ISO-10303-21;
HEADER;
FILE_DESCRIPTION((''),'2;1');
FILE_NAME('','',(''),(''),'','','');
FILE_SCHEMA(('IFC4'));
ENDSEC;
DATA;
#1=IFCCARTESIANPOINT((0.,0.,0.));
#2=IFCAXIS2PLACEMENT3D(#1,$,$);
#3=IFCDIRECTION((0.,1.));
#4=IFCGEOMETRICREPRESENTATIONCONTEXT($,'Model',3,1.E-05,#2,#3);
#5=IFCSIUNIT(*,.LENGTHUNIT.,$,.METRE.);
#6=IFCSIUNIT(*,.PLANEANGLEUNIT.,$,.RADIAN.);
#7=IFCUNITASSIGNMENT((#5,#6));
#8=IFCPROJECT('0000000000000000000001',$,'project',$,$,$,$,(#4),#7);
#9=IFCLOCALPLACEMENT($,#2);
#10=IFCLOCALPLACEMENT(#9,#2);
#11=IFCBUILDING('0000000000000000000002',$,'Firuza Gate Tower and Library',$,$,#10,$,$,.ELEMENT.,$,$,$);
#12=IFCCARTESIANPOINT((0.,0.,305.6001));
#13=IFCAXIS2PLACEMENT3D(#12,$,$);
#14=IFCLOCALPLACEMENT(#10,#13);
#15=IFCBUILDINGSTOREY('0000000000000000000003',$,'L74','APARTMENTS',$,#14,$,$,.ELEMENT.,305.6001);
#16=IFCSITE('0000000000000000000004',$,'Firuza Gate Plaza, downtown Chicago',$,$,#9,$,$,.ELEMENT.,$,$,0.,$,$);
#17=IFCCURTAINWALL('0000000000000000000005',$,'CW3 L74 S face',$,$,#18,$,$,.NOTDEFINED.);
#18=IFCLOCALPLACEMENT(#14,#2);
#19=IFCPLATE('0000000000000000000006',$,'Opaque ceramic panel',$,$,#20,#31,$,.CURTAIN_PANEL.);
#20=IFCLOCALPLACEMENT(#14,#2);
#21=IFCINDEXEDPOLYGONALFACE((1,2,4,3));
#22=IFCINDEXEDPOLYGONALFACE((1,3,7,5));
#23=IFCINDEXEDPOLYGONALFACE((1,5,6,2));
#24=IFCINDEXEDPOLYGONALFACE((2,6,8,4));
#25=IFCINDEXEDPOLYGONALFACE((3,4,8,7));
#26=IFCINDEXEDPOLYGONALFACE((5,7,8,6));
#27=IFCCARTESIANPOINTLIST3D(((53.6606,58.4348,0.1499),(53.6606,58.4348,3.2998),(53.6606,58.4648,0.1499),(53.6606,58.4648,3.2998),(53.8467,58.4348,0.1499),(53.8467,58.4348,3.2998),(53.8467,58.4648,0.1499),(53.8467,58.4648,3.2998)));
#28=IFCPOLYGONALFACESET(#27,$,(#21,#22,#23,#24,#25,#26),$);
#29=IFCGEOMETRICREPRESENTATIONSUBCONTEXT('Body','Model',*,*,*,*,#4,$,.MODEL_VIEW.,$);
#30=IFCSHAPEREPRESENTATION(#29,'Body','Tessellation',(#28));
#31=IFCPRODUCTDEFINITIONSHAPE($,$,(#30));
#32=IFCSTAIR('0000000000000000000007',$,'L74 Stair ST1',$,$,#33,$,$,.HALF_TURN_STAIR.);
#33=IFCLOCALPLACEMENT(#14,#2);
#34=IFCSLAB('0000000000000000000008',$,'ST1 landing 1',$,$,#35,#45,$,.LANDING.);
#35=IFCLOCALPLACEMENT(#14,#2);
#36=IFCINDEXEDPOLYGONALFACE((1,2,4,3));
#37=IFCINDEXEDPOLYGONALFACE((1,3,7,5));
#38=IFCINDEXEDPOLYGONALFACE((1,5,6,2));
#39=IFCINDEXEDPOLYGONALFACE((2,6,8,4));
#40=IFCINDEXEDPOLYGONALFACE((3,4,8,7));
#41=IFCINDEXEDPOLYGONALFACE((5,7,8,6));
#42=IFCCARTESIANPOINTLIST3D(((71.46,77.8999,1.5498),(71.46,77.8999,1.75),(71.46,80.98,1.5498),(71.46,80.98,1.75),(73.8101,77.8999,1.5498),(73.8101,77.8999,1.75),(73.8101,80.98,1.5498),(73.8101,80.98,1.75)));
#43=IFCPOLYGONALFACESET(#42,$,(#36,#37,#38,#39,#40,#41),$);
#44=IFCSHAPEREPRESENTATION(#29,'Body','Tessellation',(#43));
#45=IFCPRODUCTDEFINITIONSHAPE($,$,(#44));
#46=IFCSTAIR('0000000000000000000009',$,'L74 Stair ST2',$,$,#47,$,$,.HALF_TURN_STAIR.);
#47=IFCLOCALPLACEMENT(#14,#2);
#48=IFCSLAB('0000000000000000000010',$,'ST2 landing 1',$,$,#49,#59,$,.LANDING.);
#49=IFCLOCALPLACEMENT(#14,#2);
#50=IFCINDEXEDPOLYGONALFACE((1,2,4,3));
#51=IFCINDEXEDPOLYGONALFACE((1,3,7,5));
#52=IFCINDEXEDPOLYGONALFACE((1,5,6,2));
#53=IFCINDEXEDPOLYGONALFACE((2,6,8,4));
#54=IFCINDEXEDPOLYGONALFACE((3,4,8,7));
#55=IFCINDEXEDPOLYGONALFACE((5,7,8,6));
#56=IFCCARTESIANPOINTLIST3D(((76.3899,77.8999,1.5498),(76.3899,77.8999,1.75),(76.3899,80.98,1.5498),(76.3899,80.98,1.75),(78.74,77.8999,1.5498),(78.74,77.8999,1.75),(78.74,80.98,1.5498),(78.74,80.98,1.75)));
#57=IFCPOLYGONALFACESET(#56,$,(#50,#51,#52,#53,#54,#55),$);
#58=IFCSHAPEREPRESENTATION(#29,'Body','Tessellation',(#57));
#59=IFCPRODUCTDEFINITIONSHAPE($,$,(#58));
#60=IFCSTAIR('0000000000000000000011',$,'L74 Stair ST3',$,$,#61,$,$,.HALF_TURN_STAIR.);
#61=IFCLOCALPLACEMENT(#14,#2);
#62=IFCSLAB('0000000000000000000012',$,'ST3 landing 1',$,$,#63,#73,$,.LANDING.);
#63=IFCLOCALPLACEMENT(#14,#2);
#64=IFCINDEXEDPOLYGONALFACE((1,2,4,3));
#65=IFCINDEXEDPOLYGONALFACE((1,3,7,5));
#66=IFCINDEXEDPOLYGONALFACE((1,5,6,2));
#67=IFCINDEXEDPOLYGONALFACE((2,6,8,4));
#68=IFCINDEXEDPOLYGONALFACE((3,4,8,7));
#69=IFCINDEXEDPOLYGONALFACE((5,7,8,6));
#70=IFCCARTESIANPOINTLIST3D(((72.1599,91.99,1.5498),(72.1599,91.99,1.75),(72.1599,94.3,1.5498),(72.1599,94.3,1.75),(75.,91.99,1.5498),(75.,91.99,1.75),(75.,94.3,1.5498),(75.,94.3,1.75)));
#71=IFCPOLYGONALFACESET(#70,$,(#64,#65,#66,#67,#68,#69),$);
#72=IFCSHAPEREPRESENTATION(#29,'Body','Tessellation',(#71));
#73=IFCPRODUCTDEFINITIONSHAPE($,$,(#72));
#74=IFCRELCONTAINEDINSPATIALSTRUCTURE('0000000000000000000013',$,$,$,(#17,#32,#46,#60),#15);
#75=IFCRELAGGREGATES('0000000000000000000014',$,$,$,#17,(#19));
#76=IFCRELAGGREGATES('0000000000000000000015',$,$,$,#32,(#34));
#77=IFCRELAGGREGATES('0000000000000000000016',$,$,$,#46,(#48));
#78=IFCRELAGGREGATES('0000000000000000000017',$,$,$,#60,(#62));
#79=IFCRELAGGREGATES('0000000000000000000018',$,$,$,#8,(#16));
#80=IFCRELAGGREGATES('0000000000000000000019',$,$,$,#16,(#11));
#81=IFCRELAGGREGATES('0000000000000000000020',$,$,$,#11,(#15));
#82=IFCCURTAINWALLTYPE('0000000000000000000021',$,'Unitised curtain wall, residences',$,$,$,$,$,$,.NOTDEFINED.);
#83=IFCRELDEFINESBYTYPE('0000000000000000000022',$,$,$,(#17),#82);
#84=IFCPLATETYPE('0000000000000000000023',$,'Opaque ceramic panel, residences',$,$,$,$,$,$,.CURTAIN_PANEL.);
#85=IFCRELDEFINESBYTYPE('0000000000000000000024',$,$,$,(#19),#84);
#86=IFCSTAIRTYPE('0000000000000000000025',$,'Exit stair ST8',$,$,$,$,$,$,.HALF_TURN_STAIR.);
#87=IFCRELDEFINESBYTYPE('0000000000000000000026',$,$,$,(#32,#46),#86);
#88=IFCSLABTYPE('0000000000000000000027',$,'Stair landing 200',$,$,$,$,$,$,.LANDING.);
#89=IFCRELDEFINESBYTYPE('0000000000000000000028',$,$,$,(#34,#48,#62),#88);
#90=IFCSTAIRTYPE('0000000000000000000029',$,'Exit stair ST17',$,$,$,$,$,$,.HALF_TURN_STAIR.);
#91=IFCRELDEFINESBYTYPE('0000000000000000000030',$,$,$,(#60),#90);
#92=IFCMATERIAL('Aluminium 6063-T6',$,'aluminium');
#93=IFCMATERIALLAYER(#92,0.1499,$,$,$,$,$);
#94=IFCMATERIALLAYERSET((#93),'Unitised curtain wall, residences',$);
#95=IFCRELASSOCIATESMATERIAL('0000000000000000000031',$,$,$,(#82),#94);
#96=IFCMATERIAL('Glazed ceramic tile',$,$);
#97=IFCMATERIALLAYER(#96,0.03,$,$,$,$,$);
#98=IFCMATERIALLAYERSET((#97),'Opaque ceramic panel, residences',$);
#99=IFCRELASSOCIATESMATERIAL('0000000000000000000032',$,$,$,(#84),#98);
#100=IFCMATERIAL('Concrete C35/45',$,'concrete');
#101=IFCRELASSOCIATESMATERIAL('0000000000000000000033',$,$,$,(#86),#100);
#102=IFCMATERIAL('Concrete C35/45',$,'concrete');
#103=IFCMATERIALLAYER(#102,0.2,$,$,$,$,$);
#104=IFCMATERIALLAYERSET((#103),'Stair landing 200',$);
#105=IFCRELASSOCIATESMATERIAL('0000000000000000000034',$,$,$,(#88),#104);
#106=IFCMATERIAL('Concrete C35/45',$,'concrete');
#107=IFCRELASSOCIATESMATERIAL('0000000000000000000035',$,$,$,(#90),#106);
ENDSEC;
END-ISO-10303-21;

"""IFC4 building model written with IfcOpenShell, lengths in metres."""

from ifc_helpers import new_model, si_unit, direction, frame, origin, place, context, subcontext, project, spatial, polyline, outline, extrude, material, layer, layer_set, type_object, element, aggregate, save


model = new_model("IFC4")

# Units and contexts
model_context = context("Model", 3, precision=1e-05, world=origin(), true_north=direction((0.0, 1.0)))
body_context = subcontext(model_context, "Body", "Model", "MODEL_VIEW")
ifc_project = project(units=[si_unit("LENGTHUNIT", "METRE"), si_unit("PLANEANGLEUNIT", "RADIAN")], contexts=[model_context])

# Site, building, storey
site_placement = place(None, origin())
site = spatial("IfcSite", under=ifc_project, at=site_placement, Name="Firuza Gate Plaza, downtown Chicago", CompositionType="ELEMENT", RefElevation=0.0)
building_placement = place(site_placement, origin())
building = spatial("IfcBuilding", under=site, at=building_placement, Name="Firuza Gate Tower and Library", CompositionType="ELEMENT")
storey_placement = place(building_placement, frame((0.0, 0.0, 305.6001)))
storey = spatial("IfcBuildingStorey", under=building, at=storey_placement, Name="L74", Description="APARTMENTS", CompositionType="ELEMENT", Elevation=305.6001)

# Curtain wall
placement_1 = place(storey_placement, origin())
ifc_material_1 = material(Name="Aluminium 6063-T6", Category="aluminium")
ifc_layer_1 = layer(ifc_material_1, 0.1499)
ifc_layer_set_1 = layer_set([ifc_layer_1], Name="Unitised curtain wall, residences")
curtain_wall_type_1 = type_object("IfcCurtainWallType", Name="Unitised curtain wall, residences", PredefinedType="NOTDEFINED", material=ifc_layer_set_1)
curtain_wall_1 = element("IfcCurtainWall", 1, at=placement_1, inside=storey, type_object=curtain_wall_type_1, Name="CW3 L74 S face", PredefinedType="NOTDEFINED")

# Plate
ifc_material_2 = material(Name="Glazed ceramic tile")
ifc_layer_2 = layer(ifc_material_2, 0.03)
ifc_layer_set_2 = layer_set([ifc_layer_2], Name="Opaque ceramic panel, residences")
plate_type_1 = type_object("IfcPlateType", Name="Opaque ceramic panel, residences", PredefinedType="CURTAIN_PANEL", material=ifc_layer_set_2)
plate_1_placement = place(storey_placement, frame((53.6606, 58.4348, 0.1499), z_axis=(0.0, -1.0, 0.0), x_axis=(1.0, 0.0, 0.0)))
plate_1 = element("IfcPlate", 2, at=plate_1_placement, type_object=plate_type_1, Name="Opaque ceramic panel", PredefinedType="CURTAIN_PANEL", context=body_context, shape_type="SweptSolid", body=[
    extrude(outline(polyline([(0.0, 0.0), (0.186, 0.0), (0.186, 3.1499), (0.0, 3.1499), (0.0, 0.0)])), origin(), (0.0, 0.0, -1.0), 0.03),
])
aggregate(curtain_wall_1, [plate_1])

# Stairs, slabs
ifc_material_3 = material(Name="Concrete C35/45", Category="concrete")
stair_type_1 = type_object("IfcStairType", Name="Exit stair ST8", PredefinedType="HALF_TURN_STAIR", material=ifc_material_3)
stair_1 = element("IfcStair", 3, at=placement_1, inside=storey, type_object=stair_type_1, Name="L74 Stair ST1", PredefinedType="HALF_TURN_STAIR")
ifc_material_4 = material(Name="Concrete C35/45", Category="concrete")
ifc_layer_3 = layer(ifc_material_4, 0.2)
ifc_layer_set_3 = layer_set([ifc_layer_3], Name="Stair landing 200")
slab_type_1 = type_object("IfcSlabType", Name="Stair landing 200", PredefinedType="LANDING", material=ifc_layer_set_3)
placement_2 = place(storey_placement, frame((0.0, 0.0, 1.5498)))
slab_1 = element("IfcSlab", 4, at=placement_2, type_object=slab_type_1, Name="ST1 landing 1", PredefinedType="LANDING", context=body_context, shape_type="SweptSolid", body=[
    extrude(outline(polyline([(71.46, 77.8999), (73.8101, 77.8999), (73.8101, 80.98), (71.46, 80.98), (71.46, 77.8999)])), origin(), (0.0, 0.0, 1.0), 0.2002),
])
aggregate(stair_1, [slab_1])
stair_2 = element("IfcStair", 5, at=placement_1, inside=storey, type_object=stair_type_1, Name="L74 Stair ST2", PredefinedType="HALF_TURN_STAIR")
slab_2 = element("IfcSlab", 6, at=placement_2, type_object=slab_type_1, Name="ST2 landing 1", PredefinedType="LANDING", context=body_context, shape_type="SweptSolid", body=[
    extrude(outline(polyline([(78.74, 80.98), (76.3899, 80.98), (76.3899, 77.8999), (78.74, 77.8999), (78.74, 80.98)])), origin(), (0.0, 0.0, 1.0), 0.2002),
])
aggregate(stair_2, [slab_2])
ifc_material_5 = material(Name="Concrete C35/45", Category="concrete")
stair_type_2 = type_object("IfcStairType", Name="Exit stair ST17", PredefinedType="HALF_TURN_STAIR", material=ifc_material_5)
stair_3 = element("IfcStair", 7, at=placement_1, inside=storey, type_object=stair_type_2, Name="L74 Stair ST3", PredefinedType="HALF_TURN_STAIR")
slab_3 = element("IfcSlab", 8, at=placement_2, type_object=slab_type_1, Name="ST3 landing 1", PredefinedType="LANDING", context=body_context, shape_type="SweptSolid", body=[
    extrude(outline(polyline([(75.0, 91.99), (75.0, 94.3), (72.1599, 94.3), (72.1599, 91.99), (75.0, 91.99)])), origin(), (0.0, 0.0, 1.0), 0.2002),
])
aggregate(stair_3, [slab_3])

save(model, "model.ifc")
